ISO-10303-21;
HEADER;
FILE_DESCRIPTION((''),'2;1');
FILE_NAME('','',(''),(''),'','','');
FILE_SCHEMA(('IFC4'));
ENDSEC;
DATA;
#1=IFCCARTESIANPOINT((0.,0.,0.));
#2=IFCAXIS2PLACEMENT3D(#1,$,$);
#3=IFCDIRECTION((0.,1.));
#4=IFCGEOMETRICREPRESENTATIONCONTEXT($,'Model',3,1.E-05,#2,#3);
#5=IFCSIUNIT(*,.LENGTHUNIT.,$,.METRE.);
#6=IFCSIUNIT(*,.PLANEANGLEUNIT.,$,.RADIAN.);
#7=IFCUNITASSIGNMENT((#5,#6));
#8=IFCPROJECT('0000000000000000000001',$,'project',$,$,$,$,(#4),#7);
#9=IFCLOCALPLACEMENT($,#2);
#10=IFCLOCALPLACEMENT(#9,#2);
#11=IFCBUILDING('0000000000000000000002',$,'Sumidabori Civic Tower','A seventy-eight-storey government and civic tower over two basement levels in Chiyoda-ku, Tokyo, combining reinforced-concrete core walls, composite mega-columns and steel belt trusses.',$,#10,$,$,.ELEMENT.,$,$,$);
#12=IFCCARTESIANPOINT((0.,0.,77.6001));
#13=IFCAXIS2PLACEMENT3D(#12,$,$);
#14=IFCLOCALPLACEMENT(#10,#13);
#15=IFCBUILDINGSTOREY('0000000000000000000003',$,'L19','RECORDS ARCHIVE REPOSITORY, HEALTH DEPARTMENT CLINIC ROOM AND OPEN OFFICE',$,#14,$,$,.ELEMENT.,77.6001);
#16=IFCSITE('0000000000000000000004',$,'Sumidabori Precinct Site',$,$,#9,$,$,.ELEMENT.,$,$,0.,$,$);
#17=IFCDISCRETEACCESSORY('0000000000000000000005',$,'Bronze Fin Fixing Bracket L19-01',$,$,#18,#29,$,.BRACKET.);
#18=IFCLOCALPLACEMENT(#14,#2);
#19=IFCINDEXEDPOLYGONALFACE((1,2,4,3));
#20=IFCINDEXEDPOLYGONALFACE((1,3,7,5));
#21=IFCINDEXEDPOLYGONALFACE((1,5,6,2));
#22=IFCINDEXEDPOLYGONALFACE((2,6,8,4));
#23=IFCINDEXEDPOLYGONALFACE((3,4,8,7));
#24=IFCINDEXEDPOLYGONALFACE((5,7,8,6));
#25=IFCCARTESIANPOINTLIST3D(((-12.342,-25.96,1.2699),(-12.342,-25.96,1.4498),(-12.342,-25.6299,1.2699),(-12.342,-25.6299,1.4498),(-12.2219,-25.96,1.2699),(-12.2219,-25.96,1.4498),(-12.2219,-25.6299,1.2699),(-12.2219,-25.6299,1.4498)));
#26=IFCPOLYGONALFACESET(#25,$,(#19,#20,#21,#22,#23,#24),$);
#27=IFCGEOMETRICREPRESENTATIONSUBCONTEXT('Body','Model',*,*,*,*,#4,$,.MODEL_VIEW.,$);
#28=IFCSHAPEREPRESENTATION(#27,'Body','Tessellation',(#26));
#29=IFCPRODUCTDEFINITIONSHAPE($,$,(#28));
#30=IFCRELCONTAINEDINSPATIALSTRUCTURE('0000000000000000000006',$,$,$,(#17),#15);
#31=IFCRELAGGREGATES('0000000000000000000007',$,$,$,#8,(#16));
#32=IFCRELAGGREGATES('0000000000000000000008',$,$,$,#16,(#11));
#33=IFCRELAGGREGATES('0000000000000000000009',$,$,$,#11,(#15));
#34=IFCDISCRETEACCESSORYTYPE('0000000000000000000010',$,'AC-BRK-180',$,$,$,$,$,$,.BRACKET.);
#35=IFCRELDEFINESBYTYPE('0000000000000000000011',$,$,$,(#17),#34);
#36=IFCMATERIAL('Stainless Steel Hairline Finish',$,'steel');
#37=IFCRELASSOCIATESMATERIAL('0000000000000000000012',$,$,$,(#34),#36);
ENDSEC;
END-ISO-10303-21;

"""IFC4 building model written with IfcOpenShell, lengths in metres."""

from ifc_helpers import new_model, si_unit, direction, frame, origin, origin_2d, place, context, subcontext, project, spatial, rectangle, extrude, source, transform, mapped, material, material_profile, profile_set, type_object, element, save


model = new_model("IFC4")

# Units and contexts
model_context = context("Model", 3, precision=1e-05, world=origin(), true_north=direction((0.0, 1.0)))
body_context = subcontext(model_context, "Body", "Model", "MODEL_VIEW")
ifc_project = project(units=[si_unit("LENGTHUNIT", "METRE"), si_unit("PLANEANGLEUNIT", "RADIAN")], contexts=[model_context])

# Site, building, storey
site_placement = place(None, origin())
site = spatial("IfcSite", under=ifc_project, at=site_placement, Name="Sumidabori Precinct Site", CompositionType="ELEMENT", RefElevation=0.0)
building_placement = place(site_placement, origin())
building = spatial("IfcBuilding", under=site, at=building_placement, Name="Sumidabori Civic Tower", Description="A seventy-eight-storey government and civic tower over two basement levels in Chiyoda-ku, Tokyo, combining reinforced-concrete core walls, composite mega-columns and steel belt trusses.", CompositionType="ELEMENT")
storey_placement = place(building_placement, frame((0.0, 0.0, 77.6001)))
storey = spatial("IfcBuildingStorey", under=building, at=storey_placement, Name="L19", Description="RECORDS ARCHIVE REPOSITORY, HEALTH DEPARTMENT CLINIC ROOM AND OPEN OFFICE", CompositionType="ELEMENT", Elevation=77.6001)

# Discrete accessory
ifc_material_1 = material(Name="Stainless Steel Hairline Finish", Category="steel")
ifc_material_profile_1 = material_profile(ifc_material_1, rectangle(XDim=0.1201, YDim=0.1799, at=origin_2d()), Name="STEEL BRACKET 180x120")
ifc_profile_set_1 = profile_set([ifc_material_profile_1], Name="Stainless Steel Hairline Finish")
discrete_accessory_type = type_object("IfcDiscreteAccessoryType", Name="AC-BRK-180", PredefinedType="BRACKET", material=ifc_profile_set_1)
shared_shape_1 = source(origin(), body_context, "Body", "SweptSolid", [
    extrude(rectangle(XDim=0.1201, YDim=0.1799, at=origin_2d()), origin(), (0.0, 0.0, 1.0), 0.3301),
])
discrete_accessory_placement = place(storey_placement, frame((-12.282, -25.6299, 1.3599), z_axis=(0.0, -1.0, 0.0), x_axis=(1.0, 0.0, 0.0)))
element("IfcDiscreteAccessory", 1, at=discrete_accessory_placement, inside=storey, type_object=discrete_accessory_type, Name="Bronze Fin Fixing Bracket L19-01", PredefinedType="BRACKET", context=body_context, shape_type="MappedRepresentation", body=[
    mapped(shared_shape_1, transform((0.0, 0.0, 0.0), x_axis=(1.0, 0.0, 0.0), y_axis=(0.0, 1.0, 0.0), z_axis=(0.0, 0.0, 1.0), scale=1.0)),
])

save(model, "model.ifc")
